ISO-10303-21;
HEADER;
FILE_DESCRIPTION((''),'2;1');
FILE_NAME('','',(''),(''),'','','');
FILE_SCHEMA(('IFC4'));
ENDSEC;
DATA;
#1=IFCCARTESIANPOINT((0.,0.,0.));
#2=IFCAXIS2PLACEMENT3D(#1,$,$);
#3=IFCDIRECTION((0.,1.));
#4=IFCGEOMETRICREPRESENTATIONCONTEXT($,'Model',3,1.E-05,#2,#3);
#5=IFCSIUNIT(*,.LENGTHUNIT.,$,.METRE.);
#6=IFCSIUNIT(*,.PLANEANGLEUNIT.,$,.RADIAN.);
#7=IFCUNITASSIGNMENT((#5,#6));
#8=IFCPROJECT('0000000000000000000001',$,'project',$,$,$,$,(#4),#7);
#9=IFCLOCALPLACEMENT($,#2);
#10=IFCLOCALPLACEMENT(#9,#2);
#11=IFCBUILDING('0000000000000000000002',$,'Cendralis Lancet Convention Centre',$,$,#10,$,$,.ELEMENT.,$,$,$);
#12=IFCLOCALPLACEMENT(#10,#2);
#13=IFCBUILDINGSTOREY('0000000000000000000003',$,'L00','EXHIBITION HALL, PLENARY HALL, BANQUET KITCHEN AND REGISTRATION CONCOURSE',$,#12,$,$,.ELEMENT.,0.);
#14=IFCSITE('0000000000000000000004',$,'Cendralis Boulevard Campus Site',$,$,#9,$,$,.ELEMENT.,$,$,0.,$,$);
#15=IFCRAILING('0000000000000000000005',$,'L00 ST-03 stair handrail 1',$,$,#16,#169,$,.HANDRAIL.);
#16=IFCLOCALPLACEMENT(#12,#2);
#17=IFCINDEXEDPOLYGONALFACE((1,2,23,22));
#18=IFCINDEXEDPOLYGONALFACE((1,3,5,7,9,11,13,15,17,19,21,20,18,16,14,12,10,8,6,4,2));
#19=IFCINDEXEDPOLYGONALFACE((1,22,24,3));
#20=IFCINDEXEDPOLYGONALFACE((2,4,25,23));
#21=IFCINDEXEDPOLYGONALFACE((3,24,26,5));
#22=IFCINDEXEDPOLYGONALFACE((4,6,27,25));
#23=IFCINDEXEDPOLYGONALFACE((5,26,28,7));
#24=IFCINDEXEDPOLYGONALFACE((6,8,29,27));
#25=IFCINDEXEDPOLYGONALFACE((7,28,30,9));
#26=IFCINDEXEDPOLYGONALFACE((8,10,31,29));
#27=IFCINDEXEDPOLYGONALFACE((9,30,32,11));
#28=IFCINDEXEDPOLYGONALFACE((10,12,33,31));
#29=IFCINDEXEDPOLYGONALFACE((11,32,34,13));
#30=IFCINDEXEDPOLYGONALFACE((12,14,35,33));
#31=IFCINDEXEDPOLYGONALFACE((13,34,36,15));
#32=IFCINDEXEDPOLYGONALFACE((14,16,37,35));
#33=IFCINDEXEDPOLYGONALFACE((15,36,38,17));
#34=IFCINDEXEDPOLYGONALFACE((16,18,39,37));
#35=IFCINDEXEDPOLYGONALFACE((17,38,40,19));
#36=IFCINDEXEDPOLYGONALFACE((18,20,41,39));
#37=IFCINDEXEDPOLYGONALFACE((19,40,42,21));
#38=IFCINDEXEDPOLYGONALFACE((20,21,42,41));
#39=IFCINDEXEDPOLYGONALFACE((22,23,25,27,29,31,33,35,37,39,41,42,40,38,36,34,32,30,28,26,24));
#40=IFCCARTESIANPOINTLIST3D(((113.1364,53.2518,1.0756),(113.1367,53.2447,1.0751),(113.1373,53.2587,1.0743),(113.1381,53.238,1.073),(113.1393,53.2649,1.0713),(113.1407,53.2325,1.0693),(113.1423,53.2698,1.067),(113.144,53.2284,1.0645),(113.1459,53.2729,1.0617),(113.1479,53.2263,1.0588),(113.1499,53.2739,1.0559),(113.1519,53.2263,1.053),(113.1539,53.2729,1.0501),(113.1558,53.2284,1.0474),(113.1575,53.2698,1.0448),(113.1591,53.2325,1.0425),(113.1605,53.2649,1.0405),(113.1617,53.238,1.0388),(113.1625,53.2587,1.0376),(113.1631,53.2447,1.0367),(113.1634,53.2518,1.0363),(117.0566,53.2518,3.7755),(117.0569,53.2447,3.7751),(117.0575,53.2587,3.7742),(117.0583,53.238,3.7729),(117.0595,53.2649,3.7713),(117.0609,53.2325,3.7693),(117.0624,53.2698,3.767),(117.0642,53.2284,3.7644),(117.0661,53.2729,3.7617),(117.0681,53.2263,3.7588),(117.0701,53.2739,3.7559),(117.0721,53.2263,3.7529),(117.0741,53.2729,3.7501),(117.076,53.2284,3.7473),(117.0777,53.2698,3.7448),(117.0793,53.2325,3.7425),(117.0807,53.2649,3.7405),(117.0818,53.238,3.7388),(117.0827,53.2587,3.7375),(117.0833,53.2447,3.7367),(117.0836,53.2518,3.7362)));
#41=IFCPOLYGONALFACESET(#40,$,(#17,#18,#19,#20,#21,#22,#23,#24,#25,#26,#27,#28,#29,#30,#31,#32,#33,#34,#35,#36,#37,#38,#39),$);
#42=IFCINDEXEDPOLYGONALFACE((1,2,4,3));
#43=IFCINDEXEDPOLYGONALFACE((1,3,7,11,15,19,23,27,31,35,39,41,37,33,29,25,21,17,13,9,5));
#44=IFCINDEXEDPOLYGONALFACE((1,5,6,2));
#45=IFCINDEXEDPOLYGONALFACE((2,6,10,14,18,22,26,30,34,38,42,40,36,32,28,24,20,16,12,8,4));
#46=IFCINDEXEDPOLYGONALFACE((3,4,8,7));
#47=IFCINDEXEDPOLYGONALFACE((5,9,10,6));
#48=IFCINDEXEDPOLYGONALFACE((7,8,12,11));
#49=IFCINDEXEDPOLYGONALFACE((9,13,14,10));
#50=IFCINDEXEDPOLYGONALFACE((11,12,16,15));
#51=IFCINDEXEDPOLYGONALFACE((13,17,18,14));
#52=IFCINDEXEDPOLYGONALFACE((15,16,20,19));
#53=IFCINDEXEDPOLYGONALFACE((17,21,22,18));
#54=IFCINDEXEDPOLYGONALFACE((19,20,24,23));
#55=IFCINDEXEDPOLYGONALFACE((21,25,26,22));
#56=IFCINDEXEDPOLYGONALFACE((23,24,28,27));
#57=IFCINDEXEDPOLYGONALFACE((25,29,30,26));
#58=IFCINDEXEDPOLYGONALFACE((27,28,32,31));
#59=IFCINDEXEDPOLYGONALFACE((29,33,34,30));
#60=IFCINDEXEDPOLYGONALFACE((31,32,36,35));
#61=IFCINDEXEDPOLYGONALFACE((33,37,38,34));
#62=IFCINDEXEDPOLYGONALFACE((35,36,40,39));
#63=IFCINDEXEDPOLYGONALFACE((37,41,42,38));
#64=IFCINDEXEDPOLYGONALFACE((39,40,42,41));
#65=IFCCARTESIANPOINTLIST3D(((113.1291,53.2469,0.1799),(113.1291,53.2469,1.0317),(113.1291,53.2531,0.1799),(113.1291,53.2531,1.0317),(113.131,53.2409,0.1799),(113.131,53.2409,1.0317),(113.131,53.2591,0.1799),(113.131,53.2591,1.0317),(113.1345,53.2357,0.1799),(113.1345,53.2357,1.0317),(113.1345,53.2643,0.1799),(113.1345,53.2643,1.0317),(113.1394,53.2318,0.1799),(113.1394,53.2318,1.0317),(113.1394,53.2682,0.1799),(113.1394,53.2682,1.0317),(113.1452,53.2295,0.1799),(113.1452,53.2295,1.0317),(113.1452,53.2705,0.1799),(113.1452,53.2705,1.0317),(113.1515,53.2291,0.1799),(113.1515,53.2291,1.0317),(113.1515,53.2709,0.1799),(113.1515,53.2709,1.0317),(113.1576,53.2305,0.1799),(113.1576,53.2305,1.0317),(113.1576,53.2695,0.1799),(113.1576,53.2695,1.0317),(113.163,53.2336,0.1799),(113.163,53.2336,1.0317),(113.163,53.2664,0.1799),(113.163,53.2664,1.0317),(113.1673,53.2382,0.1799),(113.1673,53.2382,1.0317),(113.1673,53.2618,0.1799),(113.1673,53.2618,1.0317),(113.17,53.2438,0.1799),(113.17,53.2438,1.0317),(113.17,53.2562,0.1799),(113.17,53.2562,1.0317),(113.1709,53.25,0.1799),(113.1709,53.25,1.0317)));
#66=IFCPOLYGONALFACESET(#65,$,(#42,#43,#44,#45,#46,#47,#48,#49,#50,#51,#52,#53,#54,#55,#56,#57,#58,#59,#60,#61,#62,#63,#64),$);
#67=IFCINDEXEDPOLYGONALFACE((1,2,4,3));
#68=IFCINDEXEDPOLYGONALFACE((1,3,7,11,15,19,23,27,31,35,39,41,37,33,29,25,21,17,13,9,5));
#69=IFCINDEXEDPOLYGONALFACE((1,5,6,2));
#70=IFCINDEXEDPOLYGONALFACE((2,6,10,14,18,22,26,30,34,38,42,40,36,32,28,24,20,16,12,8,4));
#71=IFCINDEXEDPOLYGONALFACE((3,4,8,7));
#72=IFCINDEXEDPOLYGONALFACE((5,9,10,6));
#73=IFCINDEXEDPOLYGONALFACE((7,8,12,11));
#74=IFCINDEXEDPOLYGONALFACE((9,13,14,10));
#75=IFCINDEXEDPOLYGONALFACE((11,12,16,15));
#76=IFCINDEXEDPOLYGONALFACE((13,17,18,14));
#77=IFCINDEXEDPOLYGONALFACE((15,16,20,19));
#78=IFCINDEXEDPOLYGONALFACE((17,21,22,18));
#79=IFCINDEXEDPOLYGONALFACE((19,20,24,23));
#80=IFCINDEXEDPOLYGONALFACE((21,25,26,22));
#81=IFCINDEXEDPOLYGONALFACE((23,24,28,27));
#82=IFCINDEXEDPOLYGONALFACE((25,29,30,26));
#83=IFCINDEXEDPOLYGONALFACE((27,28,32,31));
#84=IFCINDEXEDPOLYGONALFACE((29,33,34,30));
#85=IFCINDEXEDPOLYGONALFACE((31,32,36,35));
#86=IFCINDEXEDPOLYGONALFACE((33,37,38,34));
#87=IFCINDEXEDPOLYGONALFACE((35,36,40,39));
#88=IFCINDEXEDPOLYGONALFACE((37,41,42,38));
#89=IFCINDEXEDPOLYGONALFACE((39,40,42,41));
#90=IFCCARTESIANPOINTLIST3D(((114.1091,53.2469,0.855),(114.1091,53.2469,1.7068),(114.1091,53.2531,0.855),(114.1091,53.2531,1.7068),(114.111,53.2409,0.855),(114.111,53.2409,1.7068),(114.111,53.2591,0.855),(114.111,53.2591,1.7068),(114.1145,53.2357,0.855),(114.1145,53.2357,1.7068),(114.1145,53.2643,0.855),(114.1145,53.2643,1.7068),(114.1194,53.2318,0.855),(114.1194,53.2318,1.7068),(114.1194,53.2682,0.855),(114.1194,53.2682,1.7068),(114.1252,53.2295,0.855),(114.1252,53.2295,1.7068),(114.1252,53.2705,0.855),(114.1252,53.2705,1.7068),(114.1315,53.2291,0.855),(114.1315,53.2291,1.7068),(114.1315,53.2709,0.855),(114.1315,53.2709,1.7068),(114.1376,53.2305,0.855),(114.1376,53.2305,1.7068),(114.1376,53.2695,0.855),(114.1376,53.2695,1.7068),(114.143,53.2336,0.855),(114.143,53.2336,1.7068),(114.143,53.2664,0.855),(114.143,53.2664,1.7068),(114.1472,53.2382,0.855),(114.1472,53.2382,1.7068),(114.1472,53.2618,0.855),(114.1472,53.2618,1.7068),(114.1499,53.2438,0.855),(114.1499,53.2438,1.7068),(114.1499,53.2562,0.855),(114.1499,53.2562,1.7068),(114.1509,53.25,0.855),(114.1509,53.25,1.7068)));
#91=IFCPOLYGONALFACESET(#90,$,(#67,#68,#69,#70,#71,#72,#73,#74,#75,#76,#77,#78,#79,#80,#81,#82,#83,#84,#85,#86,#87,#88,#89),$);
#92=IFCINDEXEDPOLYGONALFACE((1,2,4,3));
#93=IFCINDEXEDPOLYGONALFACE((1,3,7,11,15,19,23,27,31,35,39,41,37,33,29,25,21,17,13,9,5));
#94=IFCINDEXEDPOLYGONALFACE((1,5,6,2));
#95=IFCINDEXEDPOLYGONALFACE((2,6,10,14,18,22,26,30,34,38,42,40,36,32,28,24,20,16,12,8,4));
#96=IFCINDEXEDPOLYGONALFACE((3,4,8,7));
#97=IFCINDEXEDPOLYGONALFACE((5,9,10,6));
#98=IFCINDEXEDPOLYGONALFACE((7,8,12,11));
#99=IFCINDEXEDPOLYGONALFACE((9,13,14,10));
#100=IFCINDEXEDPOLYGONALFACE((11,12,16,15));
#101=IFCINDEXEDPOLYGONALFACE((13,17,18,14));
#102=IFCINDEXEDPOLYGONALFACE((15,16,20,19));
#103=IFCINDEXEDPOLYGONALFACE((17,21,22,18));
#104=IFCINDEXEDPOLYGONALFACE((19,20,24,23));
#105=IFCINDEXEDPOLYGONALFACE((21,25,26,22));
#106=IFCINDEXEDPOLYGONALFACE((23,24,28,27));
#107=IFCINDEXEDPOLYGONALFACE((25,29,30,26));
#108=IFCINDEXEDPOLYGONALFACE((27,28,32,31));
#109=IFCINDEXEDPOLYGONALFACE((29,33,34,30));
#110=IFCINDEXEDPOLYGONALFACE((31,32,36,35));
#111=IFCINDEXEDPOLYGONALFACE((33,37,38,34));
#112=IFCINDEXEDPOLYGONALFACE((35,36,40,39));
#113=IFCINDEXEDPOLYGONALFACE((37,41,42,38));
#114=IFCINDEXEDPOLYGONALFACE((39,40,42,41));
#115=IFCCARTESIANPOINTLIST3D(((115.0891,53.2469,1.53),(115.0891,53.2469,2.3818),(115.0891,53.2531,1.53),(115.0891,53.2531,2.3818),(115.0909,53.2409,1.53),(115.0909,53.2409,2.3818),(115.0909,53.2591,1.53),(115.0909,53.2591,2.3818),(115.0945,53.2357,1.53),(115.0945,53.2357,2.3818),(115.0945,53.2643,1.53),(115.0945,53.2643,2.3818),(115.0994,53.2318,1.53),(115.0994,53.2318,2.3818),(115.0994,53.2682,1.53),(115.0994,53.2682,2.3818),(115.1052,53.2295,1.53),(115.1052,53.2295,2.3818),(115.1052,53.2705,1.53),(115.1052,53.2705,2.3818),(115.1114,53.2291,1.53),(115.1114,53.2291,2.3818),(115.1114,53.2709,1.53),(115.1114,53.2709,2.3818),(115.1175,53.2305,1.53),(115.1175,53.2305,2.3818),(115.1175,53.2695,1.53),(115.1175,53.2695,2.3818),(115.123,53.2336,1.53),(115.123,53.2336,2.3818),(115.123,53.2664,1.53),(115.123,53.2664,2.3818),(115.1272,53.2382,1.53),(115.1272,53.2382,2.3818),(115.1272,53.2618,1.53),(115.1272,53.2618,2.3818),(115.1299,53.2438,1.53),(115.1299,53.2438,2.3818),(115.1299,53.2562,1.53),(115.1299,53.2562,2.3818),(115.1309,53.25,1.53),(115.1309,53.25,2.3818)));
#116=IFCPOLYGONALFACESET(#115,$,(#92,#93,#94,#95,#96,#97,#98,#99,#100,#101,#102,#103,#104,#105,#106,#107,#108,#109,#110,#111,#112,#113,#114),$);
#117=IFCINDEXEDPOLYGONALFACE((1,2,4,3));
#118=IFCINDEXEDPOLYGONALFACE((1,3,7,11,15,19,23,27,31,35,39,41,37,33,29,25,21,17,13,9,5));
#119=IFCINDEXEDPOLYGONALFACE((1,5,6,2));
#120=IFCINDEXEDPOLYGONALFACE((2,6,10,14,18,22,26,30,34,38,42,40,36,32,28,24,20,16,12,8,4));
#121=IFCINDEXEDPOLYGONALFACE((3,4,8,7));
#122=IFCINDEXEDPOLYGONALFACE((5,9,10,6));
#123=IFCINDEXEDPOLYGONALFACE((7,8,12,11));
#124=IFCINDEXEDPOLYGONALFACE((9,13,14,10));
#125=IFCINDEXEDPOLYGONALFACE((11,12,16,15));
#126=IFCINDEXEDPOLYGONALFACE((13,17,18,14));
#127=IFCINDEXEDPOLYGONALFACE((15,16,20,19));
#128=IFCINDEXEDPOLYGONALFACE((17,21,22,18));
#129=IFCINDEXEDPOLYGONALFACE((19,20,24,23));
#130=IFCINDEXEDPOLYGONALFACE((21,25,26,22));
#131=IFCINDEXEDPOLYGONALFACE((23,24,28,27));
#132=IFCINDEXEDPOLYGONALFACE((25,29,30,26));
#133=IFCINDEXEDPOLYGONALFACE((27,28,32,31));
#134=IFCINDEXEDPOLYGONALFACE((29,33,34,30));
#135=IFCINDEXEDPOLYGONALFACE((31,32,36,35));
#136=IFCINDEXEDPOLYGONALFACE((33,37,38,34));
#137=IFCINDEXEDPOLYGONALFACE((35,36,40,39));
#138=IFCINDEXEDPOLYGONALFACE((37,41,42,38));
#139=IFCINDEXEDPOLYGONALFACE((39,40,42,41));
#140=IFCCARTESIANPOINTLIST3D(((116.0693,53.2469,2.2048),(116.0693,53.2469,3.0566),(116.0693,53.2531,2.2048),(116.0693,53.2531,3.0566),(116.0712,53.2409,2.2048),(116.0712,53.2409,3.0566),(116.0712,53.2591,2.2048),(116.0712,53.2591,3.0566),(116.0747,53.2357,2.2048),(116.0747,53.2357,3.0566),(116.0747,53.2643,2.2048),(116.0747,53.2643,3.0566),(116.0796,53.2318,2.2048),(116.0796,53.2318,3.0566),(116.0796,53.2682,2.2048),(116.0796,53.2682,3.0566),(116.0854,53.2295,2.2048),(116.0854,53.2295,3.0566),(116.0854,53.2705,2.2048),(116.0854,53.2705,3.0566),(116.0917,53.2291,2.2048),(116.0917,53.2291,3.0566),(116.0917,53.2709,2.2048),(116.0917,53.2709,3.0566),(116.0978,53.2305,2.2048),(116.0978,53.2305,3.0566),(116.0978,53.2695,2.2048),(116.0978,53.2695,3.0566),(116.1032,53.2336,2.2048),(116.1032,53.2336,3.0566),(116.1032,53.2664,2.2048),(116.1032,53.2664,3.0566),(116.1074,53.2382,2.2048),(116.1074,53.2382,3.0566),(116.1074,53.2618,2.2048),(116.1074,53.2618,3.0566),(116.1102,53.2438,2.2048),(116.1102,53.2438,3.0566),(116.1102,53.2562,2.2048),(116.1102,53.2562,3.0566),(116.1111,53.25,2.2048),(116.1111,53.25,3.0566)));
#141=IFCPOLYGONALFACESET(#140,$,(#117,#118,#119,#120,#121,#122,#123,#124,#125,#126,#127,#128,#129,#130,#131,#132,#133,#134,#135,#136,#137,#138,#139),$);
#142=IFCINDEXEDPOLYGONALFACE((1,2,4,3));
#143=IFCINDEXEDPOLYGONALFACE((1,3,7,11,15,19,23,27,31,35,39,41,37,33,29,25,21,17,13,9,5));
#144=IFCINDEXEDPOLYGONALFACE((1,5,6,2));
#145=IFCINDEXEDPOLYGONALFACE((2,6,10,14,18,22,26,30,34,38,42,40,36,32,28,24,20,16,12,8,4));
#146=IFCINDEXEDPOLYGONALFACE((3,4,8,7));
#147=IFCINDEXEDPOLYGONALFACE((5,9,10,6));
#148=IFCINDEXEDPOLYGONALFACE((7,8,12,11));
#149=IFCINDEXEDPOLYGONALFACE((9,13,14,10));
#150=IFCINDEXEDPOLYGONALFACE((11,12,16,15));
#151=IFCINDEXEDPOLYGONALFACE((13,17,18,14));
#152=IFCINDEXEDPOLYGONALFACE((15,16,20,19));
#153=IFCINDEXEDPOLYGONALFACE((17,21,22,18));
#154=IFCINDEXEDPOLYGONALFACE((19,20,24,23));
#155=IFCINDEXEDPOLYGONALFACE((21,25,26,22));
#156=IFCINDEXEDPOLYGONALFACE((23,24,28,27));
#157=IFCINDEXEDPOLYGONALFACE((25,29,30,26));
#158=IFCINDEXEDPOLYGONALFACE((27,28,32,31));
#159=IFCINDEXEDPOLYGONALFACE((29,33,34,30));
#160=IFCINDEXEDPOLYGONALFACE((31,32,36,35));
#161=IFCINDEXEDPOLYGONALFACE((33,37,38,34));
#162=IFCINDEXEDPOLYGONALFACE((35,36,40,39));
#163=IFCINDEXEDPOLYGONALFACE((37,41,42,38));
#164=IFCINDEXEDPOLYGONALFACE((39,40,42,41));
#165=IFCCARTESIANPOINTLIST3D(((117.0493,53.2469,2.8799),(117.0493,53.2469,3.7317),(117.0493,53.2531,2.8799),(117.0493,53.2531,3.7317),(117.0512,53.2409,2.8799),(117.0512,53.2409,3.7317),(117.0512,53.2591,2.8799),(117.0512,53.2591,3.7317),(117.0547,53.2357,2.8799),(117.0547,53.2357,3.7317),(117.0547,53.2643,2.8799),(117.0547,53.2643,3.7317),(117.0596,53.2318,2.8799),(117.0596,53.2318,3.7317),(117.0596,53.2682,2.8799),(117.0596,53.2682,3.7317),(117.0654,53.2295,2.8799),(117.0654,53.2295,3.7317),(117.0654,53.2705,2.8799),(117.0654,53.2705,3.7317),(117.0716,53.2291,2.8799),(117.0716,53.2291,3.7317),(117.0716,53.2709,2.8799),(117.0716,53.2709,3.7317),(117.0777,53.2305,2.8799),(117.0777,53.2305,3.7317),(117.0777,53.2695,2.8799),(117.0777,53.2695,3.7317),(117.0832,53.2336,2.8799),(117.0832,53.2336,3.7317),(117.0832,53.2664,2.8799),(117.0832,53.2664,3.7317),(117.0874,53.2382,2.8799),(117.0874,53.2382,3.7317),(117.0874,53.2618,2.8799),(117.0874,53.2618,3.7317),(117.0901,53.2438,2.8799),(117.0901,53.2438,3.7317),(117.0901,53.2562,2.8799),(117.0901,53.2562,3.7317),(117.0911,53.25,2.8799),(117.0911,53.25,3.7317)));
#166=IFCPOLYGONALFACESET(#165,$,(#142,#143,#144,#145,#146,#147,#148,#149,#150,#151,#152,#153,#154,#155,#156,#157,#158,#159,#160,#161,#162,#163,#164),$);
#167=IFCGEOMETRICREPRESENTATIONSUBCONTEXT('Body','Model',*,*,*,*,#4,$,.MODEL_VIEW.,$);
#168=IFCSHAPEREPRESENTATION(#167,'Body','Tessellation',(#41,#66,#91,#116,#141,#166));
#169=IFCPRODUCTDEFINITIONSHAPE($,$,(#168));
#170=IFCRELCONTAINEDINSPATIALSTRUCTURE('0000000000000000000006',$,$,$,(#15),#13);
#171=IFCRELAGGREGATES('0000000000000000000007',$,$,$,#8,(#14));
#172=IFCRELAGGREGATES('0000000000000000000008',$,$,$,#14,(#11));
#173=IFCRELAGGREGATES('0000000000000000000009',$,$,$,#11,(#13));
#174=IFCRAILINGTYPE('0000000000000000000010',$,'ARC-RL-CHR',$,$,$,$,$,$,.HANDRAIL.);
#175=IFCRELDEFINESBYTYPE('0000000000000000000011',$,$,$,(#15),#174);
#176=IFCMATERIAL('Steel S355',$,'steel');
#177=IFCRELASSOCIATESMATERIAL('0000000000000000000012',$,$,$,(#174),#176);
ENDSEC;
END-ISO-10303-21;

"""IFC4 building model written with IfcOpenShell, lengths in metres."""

from ifc_helpers import new_model, si_unit, direction, frame, origin, origin_2d, place, context, subcontext, project, spatial, circle, extrude, material, type_object, element, save


model = new_model("IFC4")

# Units and contexts
model_context = context("Model", 3, precision=1e-05, world=origin(), true_north=direction((0.0, 1.0)))
body_context = subcontext(model_context, "Body", "Model", "MODEL_VIEW")
ifc_project = project(units=[si_unit("LENGTHUNIT", "METRE"), si_unit("PLANEANGLEUNIT", "RADIAN")], contexts=[model_context])

# Site, building, storey
site_placement = place(None, origin())
site = spatial("IfcSite", under=ifc_project, at=site_placement, Name="Cendralis Boulevard Campus Site", CompositionType="ELEMENT", RefElevation=0.0)
building_placement = place(site_placement, origin())
building = spatial("IfcBuilding", under=site, at=building_placement, Name="Cendralis Lancet Convention Centre", CompositionType="ELEMENT")
storey_placement = place(building_placement, origin())
storey = spatial("IfcBuildingStorey", under=building, at=storey_placement, Name="L00", Description="EXHIBITION HALL, PLENARY HALL, BANQUET KITCHEN AND REGISTRATION CONCOURSE", CompositionType="ELEMENT", Elevation=0.0)

# Shared definitions
ifc_material_1 = material(Name="Steel S355", Category="steel")

# Railing
railing_type = type_object("IfcRailingType", Name="ARC-RL-CHR", PredefinedType="HANDRAIL", material=ifc_material_1)
railing_placement = place(storey_placement, frame((113.1499, 53.25, 0.1799)))
element("IfcRailing", 1, at=railing_placement, inside=storey, type_object=railing_type, Name="L00 ST-03 stair handrail 1", PredefinedType="HANDRAIL", context=body_context, shape_type="SweptSolid", body=[
    extrude(circle(Radius=0.0239, at=origin_2d()), frame((0.0, 0.0, 0.876), z_axis=(0.823567, 0.0, 0.567219), x_axis=(0.0, 1.0, 0.0)), (0.0, 0.0, 1.0), 4.76),
    extrude(circle(Radius=0.021, at=origin_2d()), origin(), (0.0, 0.0, 1.0), 0.8518),
    extrude(circle(Radius=0.021, at=origin_2d()), frame((0.98, 0.0, 0.675)), (0.0, 0.0, 1.0), 0.8518),
    extrude(circle(Radius=0.021, at=origin_2d()), frame((1.96, 0.0, 1.3501)), (0.0, 0.0, 1.0), 0.8518),
    extrude(circle(Radius=0.021, at=origin_2d()), frame((2.9402, 0.0, 2.0249)), (0.0, 0.0, 1.0), 0.8518),
    extrude(circle(Radius=0.021, at=origin_2d()), frame((3.9202, 0.0, 2.7)), (0.0, 0.0, 1.0), 0.8518),
])

save(model, "model.ifc")
